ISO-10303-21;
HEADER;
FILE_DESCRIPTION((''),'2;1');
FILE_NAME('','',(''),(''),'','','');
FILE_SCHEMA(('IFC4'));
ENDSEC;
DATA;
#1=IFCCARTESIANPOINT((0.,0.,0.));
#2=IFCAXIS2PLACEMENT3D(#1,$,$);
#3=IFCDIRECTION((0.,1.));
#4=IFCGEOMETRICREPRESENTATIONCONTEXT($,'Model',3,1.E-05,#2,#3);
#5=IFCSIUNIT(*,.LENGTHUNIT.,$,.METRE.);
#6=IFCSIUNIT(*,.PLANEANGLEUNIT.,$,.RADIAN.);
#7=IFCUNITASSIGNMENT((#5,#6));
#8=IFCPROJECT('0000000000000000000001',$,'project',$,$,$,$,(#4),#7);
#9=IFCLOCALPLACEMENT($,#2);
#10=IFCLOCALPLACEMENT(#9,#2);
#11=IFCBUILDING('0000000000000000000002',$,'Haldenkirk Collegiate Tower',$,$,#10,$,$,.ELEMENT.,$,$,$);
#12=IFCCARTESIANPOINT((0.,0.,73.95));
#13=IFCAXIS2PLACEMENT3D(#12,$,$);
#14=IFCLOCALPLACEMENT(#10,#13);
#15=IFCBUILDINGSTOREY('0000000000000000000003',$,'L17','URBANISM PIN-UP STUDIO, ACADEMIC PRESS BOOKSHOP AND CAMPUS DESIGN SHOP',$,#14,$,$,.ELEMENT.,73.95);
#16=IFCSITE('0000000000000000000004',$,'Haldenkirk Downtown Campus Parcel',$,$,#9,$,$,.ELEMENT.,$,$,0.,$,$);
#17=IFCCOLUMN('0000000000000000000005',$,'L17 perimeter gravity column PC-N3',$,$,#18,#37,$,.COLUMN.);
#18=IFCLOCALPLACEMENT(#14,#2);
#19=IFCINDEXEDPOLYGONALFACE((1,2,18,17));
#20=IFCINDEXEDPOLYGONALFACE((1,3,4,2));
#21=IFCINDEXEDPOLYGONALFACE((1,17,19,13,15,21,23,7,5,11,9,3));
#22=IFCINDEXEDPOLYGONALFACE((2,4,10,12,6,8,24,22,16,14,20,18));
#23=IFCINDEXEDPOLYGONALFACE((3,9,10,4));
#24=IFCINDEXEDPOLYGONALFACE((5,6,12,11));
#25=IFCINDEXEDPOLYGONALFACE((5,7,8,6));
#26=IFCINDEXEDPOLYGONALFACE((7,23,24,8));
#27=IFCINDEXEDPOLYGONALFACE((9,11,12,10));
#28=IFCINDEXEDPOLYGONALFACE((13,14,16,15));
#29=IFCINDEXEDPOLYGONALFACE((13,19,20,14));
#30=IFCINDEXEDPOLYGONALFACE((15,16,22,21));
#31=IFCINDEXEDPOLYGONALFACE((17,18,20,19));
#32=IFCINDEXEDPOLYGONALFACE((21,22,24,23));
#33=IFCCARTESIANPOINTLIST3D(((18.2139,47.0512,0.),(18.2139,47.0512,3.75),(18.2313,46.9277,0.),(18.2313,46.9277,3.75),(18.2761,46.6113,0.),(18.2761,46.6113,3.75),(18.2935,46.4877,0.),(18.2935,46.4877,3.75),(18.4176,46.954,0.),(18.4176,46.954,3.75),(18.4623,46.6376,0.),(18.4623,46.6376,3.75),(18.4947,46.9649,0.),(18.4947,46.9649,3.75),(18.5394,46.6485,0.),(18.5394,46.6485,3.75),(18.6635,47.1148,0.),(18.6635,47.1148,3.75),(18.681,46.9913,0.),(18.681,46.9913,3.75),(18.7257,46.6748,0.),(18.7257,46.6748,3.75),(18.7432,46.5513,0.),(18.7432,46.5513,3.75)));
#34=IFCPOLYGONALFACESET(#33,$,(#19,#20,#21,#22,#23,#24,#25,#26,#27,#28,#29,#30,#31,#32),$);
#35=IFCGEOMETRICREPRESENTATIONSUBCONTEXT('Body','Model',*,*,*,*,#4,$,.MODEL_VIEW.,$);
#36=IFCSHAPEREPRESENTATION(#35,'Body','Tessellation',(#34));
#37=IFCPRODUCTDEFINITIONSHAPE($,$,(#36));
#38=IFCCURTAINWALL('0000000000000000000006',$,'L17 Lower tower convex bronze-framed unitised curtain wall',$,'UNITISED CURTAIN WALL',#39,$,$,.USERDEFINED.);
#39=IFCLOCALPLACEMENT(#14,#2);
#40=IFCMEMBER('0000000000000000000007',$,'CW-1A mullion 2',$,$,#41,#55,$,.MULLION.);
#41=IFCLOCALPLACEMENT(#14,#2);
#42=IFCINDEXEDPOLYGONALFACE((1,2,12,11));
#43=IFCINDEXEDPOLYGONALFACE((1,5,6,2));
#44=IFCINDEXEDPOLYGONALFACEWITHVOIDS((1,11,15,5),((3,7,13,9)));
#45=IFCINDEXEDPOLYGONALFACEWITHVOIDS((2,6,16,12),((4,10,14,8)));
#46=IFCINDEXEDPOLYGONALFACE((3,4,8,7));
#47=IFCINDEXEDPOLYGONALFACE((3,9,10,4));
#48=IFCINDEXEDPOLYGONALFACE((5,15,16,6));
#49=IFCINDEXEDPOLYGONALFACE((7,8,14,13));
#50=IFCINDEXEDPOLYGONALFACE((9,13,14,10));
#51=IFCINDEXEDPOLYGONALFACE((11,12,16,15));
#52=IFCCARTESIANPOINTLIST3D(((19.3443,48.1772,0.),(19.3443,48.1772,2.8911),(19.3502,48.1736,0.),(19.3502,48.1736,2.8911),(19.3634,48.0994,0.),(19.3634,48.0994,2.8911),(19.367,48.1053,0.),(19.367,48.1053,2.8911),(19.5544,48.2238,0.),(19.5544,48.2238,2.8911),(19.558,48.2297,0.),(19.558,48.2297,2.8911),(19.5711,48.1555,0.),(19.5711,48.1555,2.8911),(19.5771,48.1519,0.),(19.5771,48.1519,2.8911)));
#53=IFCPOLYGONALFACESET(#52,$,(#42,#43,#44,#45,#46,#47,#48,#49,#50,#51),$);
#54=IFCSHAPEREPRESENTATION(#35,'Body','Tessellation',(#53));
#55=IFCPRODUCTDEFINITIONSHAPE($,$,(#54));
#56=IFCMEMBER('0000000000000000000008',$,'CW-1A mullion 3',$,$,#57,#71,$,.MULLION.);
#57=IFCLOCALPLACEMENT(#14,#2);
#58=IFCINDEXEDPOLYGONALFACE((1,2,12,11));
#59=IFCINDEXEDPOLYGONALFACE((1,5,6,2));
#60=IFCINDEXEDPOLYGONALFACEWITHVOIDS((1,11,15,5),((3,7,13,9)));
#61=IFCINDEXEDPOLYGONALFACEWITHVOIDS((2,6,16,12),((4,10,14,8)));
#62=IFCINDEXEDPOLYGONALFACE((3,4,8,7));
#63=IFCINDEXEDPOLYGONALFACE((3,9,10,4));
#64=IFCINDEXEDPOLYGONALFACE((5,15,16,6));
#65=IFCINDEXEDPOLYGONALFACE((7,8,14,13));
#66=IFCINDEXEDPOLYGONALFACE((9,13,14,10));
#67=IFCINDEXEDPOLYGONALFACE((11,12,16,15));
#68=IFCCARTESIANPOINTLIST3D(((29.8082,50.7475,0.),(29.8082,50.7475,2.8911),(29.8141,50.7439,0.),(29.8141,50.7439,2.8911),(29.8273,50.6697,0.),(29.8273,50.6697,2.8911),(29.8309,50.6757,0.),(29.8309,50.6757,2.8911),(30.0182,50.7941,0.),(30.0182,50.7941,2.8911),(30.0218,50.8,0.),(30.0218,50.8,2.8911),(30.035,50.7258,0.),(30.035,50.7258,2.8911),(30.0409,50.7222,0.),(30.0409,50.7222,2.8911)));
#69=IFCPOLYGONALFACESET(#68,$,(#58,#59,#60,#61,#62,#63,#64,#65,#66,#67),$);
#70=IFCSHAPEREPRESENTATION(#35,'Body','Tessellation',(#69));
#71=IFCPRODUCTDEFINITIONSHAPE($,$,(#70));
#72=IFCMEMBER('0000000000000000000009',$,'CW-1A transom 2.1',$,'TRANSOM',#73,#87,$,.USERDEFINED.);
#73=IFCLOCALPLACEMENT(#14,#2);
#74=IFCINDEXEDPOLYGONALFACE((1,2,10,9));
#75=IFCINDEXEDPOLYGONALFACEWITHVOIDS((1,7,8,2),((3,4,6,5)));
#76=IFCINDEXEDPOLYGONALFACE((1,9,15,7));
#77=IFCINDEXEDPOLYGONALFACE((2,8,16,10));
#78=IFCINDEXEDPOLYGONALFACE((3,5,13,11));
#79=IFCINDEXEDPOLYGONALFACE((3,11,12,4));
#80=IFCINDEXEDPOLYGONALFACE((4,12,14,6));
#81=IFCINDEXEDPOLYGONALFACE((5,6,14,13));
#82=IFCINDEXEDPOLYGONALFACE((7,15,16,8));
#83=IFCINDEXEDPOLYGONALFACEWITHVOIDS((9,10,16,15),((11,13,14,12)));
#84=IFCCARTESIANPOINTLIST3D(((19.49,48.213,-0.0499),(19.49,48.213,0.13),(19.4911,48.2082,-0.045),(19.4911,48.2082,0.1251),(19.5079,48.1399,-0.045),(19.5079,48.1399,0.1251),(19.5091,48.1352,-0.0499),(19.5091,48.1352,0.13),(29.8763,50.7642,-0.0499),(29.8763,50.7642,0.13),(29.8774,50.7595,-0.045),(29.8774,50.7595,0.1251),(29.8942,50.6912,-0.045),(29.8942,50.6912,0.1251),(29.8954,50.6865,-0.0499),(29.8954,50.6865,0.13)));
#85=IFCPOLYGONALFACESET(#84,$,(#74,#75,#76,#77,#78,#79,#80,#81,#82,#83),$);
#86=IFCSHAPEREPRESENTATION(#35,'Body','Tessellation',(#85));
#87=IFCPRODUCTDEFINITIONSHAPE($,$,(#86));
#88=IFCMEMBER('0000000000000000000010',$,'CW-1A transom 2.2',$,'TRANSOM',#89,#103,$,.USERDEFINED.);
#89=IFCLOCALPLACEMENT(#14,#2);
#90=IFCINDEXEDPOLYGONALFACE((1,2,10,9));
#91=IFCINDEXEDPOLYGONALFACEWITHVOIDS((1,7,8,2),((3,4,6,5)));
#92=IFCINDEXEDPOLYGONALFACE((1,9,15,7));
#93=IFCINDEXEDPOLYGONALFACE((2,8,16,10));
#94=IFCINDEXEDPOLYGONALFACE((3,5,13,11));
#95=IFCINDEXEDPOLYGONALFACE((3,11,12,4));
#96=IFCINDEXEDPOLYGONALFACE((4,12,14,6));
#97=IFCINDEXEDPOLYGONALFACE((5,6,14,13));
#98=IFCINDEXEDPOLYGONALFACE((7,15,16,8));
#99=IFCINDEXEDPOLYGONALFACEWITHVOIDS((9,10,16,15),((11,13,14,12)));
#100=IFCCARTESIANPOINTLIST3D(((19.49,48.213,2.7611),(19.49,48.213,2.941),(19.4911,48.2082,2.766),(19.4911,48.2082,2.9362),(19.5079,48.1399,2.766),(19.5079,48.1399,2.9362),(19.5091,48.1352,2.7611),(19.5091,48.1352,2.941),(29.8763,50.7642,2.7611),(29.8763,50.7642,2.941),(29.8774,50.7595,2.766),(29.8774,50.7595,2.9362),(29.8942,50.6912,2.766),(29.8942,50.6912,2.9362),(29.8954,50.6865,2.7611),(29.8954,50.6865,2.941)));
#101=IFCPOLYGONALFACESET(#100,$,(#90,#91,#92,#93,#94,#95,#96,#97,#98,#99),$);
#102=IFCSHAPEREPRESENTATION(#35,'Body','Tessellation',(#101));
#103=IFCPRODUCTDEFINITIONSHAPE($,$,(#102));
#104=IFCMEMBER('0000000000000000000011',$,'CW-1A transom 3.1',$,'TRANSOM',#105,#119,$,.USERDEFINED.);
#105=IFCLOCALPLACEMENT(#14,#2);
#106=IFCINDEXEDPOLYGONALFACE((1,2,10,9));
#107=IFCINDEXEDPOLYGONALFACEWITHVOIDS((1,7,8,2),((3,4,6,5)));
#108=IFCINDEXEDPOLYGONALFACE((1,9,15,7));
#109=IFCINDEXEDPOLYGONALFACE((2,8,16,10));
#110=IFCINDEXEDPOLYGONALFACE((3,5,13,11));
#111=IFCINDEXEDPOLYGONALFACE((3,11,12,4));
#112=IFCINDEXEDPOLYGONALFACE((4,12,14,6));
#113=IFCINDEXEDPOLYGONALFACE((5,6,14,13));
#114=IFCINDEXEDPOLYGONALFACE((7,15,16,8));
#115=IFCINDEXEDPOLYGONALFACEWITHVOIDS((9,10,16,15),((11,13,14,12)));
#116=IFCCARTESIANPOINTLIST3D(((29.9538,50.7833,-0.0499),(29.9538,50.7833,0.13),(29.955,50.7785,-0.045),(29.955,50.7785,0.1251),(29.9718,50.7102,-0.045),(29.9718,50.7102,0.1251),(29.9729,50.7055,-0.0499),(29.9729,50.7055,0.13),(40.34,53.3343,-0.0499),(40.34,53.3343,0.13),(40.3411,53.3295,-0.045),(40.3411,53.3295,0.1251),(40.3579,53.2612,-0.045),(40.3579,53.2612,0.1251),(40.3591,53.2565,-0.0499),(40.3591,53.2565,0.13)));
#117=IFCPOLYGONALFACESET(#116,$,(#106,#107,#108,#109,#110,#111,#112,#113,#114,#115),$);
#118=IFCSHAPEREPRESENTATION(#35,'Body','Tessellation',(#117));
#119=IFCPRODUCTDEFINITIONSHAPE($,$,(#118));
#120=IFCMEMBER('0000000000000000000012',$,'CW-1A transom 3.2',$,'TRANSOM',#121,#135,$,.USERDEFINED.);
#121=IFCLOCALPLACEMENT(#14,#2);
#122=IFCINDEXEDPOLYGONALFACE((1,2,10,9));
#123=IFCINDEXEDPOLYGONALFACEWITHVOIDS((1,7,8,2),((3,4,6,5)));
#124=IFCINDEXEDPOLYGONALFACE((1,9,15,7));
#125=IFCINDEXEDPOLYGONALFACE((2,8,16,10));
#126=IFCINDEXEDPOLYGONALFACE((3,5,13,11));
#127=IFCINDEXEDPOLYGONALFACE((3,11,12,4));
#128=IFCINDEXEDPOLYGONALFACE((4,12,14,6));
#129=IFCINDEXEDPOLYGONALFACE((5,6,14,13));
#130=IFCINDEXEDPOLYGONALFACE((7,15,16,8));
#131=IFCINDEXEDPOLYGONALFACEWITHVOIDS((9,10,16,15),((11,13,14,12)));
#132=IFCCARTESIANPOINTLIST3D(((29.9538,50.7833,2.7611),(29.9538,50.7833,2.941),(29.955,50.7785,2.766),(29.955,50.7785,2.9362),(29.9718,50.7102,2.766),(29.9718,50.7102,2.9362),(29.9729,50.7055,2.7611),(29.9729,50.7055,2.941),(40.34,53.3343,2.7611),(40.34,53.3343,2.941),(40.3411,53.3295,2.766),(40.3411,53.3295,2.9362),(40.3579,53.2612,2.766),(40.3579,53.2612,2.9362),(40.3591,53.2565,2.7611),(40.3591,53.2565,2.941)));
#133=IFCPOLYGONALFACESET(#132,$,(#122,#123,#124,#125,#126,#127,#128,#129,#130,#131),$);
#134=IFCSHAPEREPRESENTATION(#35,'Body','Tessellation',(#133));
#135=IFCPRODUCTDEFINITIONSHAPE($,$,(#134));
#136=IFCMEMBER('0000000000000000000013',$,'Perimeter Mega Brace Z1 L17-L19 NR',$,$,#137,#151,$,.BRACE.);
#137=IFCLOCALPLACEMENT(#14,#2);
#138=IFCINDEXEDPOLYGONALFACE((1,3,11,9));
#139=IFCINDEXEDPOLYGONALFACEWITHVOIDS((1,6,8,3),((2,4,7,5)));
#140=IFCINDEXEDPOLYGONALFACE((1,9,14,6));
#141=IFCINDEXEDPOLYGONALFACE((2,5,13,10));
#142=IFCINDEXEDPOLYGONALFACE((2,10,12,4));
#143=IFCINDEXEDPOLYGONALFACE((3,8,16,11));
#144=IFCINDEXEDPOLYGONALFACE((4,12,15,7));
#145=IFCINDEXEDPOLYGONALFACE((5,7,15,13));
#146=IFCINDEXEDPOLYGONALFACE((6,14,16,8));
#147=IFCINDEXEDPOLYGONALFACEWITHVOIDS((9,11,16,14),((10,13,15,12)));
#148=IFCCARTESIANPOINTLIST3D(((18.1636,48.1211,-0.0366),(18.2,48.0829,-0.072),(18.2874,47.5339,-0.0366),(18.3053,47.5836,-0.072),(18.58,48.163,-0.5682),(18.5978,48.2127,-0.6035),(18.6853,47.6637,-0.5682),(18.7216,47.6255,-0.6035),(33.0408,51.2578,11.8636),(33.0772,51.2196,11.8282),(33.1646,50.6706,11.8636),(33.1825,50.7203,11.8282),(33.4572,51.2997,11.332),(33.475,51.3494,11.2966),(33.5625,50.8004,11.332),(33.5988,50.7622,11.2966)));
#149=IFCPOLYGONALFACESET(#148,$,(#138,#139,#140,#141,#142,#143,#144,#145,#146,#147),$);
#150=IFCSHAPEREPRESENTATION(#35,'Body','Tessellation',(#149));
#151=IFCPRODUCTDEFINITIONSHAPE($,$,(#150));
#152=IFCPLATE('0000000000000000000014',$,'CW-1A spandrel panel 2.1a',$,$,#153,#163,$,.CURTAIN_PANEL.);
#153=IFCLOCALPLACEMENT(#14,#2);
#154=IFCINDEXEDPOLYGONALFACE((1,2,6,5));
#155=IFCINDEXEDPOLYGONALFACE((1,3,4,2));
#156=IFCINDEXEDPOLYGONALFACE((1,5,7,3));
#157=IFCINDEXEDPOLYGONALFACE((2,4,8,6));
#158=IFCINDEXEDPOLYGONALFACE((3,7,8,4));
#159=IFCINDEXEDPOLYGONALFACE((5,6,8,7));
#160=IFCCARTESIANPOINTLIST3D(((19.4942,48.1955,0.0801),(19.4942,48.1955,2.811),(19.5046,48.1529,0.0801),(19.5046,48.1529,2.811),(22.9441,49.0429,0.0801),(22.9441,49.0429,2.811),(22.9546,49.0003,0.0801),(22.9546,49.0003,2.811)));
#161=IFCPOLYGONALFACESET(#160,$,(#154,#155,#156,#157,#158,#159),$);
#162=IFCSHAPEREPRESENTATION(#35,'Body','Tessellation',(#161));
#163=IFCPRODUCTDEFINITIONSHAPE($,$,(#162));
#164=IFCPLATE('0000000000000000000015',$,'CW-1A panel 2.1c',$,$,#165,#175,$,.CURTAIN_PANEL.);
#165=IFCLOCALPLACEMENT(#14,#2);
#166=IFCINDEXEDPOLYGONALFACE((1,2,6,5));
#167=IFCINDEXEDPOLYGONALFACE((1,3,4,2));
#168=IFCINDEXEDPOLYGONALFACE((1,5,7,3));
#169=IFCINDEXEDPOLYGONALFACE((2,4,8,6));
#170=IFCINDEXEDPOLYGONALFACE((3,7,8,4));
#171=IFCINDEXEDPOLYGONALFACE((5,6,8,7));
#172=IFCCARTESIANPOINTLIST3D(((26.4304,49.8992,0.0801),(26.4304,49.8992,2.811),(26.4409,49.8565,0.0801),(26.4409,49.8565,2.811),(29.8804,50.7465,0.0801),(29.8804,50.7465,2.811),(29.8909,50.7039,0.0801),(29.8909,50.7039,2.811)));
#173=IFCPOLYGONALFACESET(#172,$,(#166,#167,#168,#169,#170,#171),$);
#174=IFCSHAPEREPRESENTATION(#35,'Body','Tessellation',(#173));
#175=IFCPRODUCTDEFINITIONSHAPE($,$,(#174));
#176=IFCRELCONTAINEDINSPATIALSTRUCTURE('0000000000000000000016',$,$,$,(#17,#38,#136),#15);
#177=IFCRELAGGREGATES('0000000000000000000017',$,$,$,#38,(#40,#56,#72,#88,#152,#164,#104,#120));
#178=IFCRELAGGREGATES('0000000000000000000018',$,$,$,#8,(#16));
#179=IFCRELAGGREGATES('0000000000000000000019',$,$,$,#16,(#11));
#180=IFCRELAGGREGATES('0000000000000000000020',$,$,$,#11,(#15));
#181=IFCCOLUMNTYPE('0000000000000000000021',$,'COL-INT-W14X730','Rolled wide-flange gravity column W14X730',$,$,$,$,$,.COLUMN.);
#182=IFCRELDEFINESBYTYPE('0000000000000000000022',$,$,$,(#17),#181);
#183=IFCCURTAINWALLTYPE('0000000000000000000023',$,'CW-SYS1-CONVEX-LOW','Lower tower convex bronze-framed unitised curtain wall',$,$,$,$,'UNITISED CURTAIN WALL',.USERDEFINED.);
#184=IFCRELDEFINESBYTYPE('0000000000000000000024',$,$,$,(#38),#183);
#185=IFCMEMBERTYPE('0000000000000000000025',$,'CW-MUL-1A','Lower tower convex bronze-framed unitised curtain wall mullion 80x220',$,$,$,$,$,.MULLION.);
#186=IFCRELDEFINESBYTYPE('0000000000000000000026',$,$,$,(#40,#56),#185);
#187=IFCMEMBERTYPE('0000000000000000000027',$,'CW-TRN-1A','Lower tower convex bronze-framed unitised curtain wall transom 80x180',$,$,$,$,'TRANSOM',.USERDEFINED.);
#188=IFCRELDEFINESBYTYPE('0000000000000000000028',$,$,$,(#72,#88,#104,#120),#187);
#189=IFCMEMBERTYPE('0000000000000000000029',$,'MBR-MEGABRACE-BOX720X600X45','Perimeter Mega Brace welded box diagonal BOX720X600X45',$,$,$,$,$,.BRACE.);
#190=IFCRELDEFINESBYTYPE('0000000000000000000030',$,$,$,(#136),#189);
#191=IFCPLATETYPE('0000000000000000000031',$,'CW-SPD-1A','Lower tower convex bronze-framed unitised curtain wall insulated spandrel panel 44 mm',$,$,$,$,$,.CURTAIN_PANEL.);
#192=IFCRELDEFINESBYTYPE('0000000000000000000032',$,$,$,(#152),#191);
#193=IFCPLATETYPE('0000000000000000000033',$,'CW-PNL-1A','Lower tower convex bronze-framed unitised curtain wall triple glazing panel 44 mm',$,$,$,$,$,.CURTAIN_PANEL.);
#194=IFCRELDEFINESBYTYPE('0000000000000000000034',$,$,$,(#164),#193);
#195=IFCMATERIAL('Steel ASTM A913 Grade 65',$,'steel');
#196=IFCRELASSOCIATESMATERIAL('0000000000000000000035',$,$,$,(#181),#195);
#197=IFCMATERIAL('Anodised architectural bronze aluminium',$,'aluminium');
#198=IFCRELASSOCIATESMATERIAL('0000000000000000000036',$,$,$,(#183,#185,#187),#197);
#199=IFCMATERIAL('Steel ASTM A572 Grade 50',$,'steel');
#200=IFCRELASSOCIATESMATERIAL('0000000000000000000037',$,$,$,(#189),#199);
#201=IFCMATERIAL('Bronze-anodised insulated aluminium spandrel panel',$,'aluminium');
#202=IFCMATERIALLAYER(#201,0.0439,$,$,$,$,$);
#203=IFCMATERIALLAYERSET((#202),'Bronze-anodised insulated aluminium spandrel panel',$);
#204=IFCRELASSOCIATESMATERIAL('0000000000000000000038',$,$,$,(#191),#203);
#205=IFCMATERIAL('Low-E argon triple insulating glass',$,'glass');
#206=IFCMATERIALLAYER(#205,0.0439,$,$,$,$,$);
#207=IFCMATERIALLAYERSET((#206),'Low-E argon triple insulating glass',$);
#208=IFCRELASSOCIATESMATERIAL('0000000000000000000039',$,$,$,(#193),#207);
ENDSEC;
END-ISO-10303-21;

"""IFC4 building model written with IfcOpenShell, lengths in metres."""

from ifc_helpers import new_model, si_unit, direction, frame, origin, origin_2d, place, context, subcontext, project, spatial, rectangle, hollow_rectangle, i_section, extrude, source, transform, mapped, material, layer, layer_set, material_profile, profile_set, type_object, element, aggregate, save


model = new_model("IFC4")

# Units and contexts
model_context = context("Model", 3, precision=1e-05, world=origin(), true_north=direction((0.0, 1.0)))
body_context = subcontext(model_context, "Body", "Model", "MODEL_VIEW")
ifc_project = project(units=[si_unit("LENGTHUNIT", "METRE"), si_unit("PLANEANGLEUNIT", "RADIAN")], contexts=[model_context])

# Site, building, storey
site_placement = place(None, origin())
site = spatial("IfcSite", under=ifc_project, at=site_placement, Name="Haldenkirk Downtown Campus Parcel", CompositionType="ELEMENT", RefElevation=0.0)
building_placement = place(site_placement, origin())
building = spatial("IfcBuilding", under=site, at=building_placement, Name="Haldenkirk Collegiate Tower", CompositionType="ELEMENT")
storey_placement = place(building_placement, frame((0.0, 0.0, 73.95)))
storey = spatial("IfcBuildingStorey", under=building, at=storey_placement, Name="L17", Description="URBANISM PIN-UP STUDIO, ACADEMIC PRESS BOOKSHOP AND CAMPUS DESIGN SHOP", CompositionType="ELEMENT", Elevation=73.95)

# Column
ifc_material_1 = material(Name="Steel ASTM A913 Grade 65", Category="steel")
ifc_material_profile_1 = material_profile(ifc_material_1, i_section(OverallWidth=0.4541, OverallDepth=0.5691, WebThickness=0.0779, FlangeThickness=0.1248, at=origin_2d()), Name="W14X730")
ifc_profile_set_1 = profile_set([ifc_material_profile_1], Name="Steel ASTM A913 Grade 65")
column_type = type_object("IfcColumnType", Name="COL-INT-W14X730", Description="Rolled wide-flange gravity column W14X730", PredefinedType="COLUMN", material=ifc_profile_set_1)
column_placement = place(storey_placement, frame((18.4785, 46.8013, 0.0), z_axis=(0.0, 0.0, 1.0), x_axis=(0.990146, 0.140037, 0.0)))
element("IfcColumn", 1, at=column_placement, inside=storey, type_object=column_type, Name="L17 perimeter gravity column PC-N3", PredefinedType="COLUMN", context=body_context, shape_type="SweptSolid", body=[
    extrude(i_section(OverallWidth=0.4541, OverallDepth=0.5691, WebThickness=0.0779, FlangeThickness=0.1248, at=origin_2d()), origin(), (0.0, 0.0, 1.0), 3.75),
])

# Curtain wall, members
ifc_material_2 = material(Name="Anodised architectural bronze aluminium", Category="aluminium")
curtain_wall_type = type_object("IfcCurtainWallType", Name="CW-SYS1-CONVEX-LOW", Description="Lower tower convex bronze-framed unitised curtain wall", ElementType="UNITISED CURTAIN WALL", PredefinedType="USERDEFINED", material=ifc_material_2)
curtain_wall_placement = place(storey_placement, origin())
curtain_wall = element("IfcCurtainWall", 2, at=curtain_wall_placement, inside=storey, type_object=curtain_wall_type, Name="L17 Lower tower convex bronze-framed unitised curtain wall", ObjectType="UNITISED CURTAIN WALL", PredefinedType="USERDEFINED")
ifc_material_profile_2 = material_profile(ifc_material_2, hollow_rectangle(XDim=0.0801, YDim=0.22, WallThickness=0.0049, at=origin_2d()), Name="CW-MUL-1A")
ifc_profile_set_2 = profile_set([ifc_material_profile_2], Name="Anodised architectural bronze aluminium")
member_type_1 = type_object("IfcMemberType", Name="CW-MUL-1A", Description="Lower tower convex bronze-framed unitised curtain wall mullion 80x220", PredefinedType="MULLION", material=ifc_profile_set_2)
member_1_placement = place(storey_placement, frame((19.4607, 48.1646, 0.0), z_axis=(0.0, 0.0, 1.0), x_axis=(-0.238534, 0.971134, 0.0)))
member_1 = element("IfcMember", 3, at=member_1_placement, type_object=member_type_1, Name="CW-1A mullion 2", PredefinedType="MULLION", context=body_context, shape_type="SweptSolid", body=[
    extrude(hollow_rectangle(XDim=0.0801, YDim=0.22, WallThickness=0.0049, at=origin_2d()), origin(), (0.0, 0.0, 1.0), 2.8911),
])
member_2_placement = place(storey_placement, frame((29.9246, 50.7349, 0.0), z_axis=(0.0, 0.0, 1.0), x_axis=(-0.238534, 0.971134, 0.0)))
member_2 = element("IfcMember", 4, at=member_2_placement, type_object=member_type_1, Name="CW-1A mullion 3", PredefinedType="MULLION", context=body_context, shape_type="SweptSolid", body=[
    extrude(hollow_rectangle(XDim=0.0801, YDim=0.22, WallThickness=0.0049, at=origin_2d()), origin(), (0.0, 0.0, 1.0), 2.8911),
])
ifc_material_profile_3 = material_profile(ifc_material_2, hollow_rectangle(XDim=0.0801, YDim=0.1799, WallThickness=0.0049, at=origin_2d()), Name="CW-TRN-1A")
ifc_profile_set_3 = profile_set([ifc_material_profile_3], Name="Anodised architectural bronze aluminium")
member_type_2 = type_object("IfcMemberType", Name="CW-TRN-1A", Description="Lower tower convex bronze-framed unitised curtain wall transom 80x180", ElementType="TRANSOM", PredefinedType="USERDEFINED", material=ifc_profile_set_3)
member_3_placement = place(storey_placement, frame((19.4995, 48.1741, 0.04), z_axis=(0.971131, 0.238548, 0.0), x_axis=(-0.238548, 0.971131, 0.0)))
member_3 = element("IfcMember", 5, at=member_3_placement, type_object=member_type_2, Name="CW-1A transom 2.1", ObjectType="TRANSOM", PredefinedType="USERDEFINED", context=body_context, shape_type="SweptSolid", body=[
    extrude(hollow_rectangle(XDim=0.0801, YDim=0.1799, WallThickness=0.0049, at=origin_2d()), origin(), (0.0, 0.0, 1.0), 10.6951),
])
member_4_placement = place(storey_placement, frame((19.4995, 48.1741, 2.8511), z_axis=(0.971131, 0.238548, 0.0), x_axis=(-0.238548, 0.971131, 0.0)))
member_4 = element("IfcMember", 6, at=member_4_placement, type_object=member_type_2, Name="CW-1A transom 2.2", ObjectType="TRANSOM", PredefinedType="USERDEFINED", context=body_context, shape_type="SweptSolid", body=[
    extrude(hollow_rectangle(XDim=0.0801, YDim=0.1799, WallThickness=0.0049, at=origin_2d()), origin(), (0.0, 0.0, 1.0), 10.6951),
])
member_5_placement = place(storey_placement, frame((29.9634, 50.7444, 0.04), z_axis=(0.971136, 0.238527, 0.0), x_axis=(-0.238527, 0.971136, 0.0)))
member_5 = element("IfcMember", 7, at=member_5_placement, type_object=member_type_2, Name="CW-1A transom 3.1", ObjectType="TRANSOM", PredefinedType="USERDEFINED", context=body_context, shape_type="SweptSolid", body=[
    extrude(hollow_rectangle(XDim=0.0801, YDim=0.1799, WallThickness=0.0049, at=origin_2d()), origin(), (0.0, 0.0, 1.0), 10.6948),
])
member_6_placement = place(storey_placement, frame((29.9634, 50.7444, 2.8511), z_axis=(0.971136, 0.238527, 0.0), x_axis=(-0.238527, 0.971136, 0.0)))
member_6 = element("IfcMember", 8, at=member_6_placement, type_object=member_type_2, Name="CW-1A transom 3.2", ObjectType="TRANSOM", PredefinedType="USERDEFINED", context=body_context, shape_type="SweptSolid", body=[
    extrude(hollow_rectangle(XDim=0.0801, YDim=0.1799, WallThickness=0.0049, at=origin_2d()), origin(), (0.0, 0.0, 1.0), 10.6948),
])

# Member
ifc_material_3 = material(Name="Steel ASTM A572 Grade 50", Category="steel")
ifc_material_profile_4 = material_profile(ifc_material_3, hollow_rectangle(XDim=0.6001, YDim=0.72, WallThickness=0.0449, at=origin_2d()), Name="BOX720X600X45")
ifc_profile_set_4 = profile_set([ifc_material_profile_4], Name="Steel ASTM A572 Grade 50")
member_type_3 = type_object("IfcMemberType", Name="MBR-MEGABRACE-BOX720X600X45", Description="Perimeter Mega Brace welded box diagonal BOX720X600X45", PredefinedType="BRACE", material=ifc_profile_set_4)
member_7_placement = place(storey_placement, frame((18.4426, 47.8733, -0.3201), z_axis=(0.770536, 0.16246, 0.616345), x_axis=(-0.206305, 0.978488, 0.0)))
element("IfcMember", 9, at=member_7_placement, inside=storey, type_object=member_type_3, Name="Perimeter Mega Brace Z1 L17-L19 NR", PredefinedType="BRACE", context=body_context, shape_type="SweptSolid", body=[
    extrude(hollow_rectangle(XDim=0.6001, YDim=0.72, WallThickness=0.0449, at=origin_2d()), origin(), (0.0, 0.0, 1.0), 19.3076),
])

# Plates
ifc_material_4 = material(Name="Bronze-anodised insulated aluminium spandrel panel", Category="aluminium")
ifc_layer_1 = layer(ifc_material_4, 0.0439)
ifc_layer_set_1 = layer_set([ifc_layer_1], Name="Bronze-anodised insulated aluminium spandrel panel")
plate_type_1 = type_object("IfcPlateType", Name="CW-SPD-1A", Description="Lower tower convex bronze-framed unitised curtain wall insulated spandrel panel 44 mm", PredefinedType="CURTAIN_PANEL", material=ifc_layer_set_1)
shared_shape_1 = source(origin(), body_context, "Body", "SweptSolid", [
    extrude(rectangle(XDim=3.5525, YDim=0.0439, at=origin_2d()), origin(), (0.0, 0.0, 1.0), 2.731),
])
plate_1_placement = place(storey_placement, frame((21.2244, 48.5979, 0.0801), z_axis=(0.0, 0.0, 1.0), x_axis=(0.971134, 0.238534, 0.0)))
plate_1 = element("IfcPlate", 10, at=plate_1_placement, type_object=plate_type_1, Name="CW-1A spandrel panel 2.1a", PredefinedType="CURTAIN_PANEL", context=body_context, shape_type="MappedRepresentation", body=[
    mapped(shared_shape_1, transform((0.0, 0.0, 0.0), x_axis=(1.0, 0.0, 0.0), y_axis=(0.0, 1.0, 0.0), z_axis=(0.0, 0.0, 1.0), scale=1.0)),
])
ifc_material_5 = material(Name="Low-E argon triple insulating glass", Category="glass")
ifc_layer_2 = layer(ifc_material_5, 0.0439)
ifc_layer_set_2 = layer_set([ifc_layer_2], Name="Low-E argon triple insulating glass")
plate_type_2 = type_object("IfcPlateType", Name="CW-PNL-1A", Description="Lower tower convex bronze-framed unitised curtain wall triple glazing panel 44 mm", PredefinedType="CURTAIN_PANEL", material=ifc_layer_set_2)
plate_2_placement = place(storey_placement, frame((28.1606, 50.3015, 0.0801), z_axis=(0.0, 0.0, 1.0), x_axis=(0.971134, 0.238534, 0.0)))
plate_2 = element("IfcPlate", 11, at=plate_2_placement, type_object=plate_type_2, Name="CW-1A panel 2.1c", PredefinedType="CURTAIN_PANEL", context=body_context, shape_type="MappedRepresentation", body=[
    mapped(shared_shape_1, transform((0.0, 0.0, 0.0), x_axis=(1.0, 0.0, 0.0), y_axis=(0.0, 1.0, 0.0), z_axis=(0.0, 0.0, 1.0), scale=1.0)),
])
aggregate(curtain_wall, [member_1, member_2, member_3, member_4, plate_1, plate_2, member_5, member_6])

save(model, "model.ifc")
